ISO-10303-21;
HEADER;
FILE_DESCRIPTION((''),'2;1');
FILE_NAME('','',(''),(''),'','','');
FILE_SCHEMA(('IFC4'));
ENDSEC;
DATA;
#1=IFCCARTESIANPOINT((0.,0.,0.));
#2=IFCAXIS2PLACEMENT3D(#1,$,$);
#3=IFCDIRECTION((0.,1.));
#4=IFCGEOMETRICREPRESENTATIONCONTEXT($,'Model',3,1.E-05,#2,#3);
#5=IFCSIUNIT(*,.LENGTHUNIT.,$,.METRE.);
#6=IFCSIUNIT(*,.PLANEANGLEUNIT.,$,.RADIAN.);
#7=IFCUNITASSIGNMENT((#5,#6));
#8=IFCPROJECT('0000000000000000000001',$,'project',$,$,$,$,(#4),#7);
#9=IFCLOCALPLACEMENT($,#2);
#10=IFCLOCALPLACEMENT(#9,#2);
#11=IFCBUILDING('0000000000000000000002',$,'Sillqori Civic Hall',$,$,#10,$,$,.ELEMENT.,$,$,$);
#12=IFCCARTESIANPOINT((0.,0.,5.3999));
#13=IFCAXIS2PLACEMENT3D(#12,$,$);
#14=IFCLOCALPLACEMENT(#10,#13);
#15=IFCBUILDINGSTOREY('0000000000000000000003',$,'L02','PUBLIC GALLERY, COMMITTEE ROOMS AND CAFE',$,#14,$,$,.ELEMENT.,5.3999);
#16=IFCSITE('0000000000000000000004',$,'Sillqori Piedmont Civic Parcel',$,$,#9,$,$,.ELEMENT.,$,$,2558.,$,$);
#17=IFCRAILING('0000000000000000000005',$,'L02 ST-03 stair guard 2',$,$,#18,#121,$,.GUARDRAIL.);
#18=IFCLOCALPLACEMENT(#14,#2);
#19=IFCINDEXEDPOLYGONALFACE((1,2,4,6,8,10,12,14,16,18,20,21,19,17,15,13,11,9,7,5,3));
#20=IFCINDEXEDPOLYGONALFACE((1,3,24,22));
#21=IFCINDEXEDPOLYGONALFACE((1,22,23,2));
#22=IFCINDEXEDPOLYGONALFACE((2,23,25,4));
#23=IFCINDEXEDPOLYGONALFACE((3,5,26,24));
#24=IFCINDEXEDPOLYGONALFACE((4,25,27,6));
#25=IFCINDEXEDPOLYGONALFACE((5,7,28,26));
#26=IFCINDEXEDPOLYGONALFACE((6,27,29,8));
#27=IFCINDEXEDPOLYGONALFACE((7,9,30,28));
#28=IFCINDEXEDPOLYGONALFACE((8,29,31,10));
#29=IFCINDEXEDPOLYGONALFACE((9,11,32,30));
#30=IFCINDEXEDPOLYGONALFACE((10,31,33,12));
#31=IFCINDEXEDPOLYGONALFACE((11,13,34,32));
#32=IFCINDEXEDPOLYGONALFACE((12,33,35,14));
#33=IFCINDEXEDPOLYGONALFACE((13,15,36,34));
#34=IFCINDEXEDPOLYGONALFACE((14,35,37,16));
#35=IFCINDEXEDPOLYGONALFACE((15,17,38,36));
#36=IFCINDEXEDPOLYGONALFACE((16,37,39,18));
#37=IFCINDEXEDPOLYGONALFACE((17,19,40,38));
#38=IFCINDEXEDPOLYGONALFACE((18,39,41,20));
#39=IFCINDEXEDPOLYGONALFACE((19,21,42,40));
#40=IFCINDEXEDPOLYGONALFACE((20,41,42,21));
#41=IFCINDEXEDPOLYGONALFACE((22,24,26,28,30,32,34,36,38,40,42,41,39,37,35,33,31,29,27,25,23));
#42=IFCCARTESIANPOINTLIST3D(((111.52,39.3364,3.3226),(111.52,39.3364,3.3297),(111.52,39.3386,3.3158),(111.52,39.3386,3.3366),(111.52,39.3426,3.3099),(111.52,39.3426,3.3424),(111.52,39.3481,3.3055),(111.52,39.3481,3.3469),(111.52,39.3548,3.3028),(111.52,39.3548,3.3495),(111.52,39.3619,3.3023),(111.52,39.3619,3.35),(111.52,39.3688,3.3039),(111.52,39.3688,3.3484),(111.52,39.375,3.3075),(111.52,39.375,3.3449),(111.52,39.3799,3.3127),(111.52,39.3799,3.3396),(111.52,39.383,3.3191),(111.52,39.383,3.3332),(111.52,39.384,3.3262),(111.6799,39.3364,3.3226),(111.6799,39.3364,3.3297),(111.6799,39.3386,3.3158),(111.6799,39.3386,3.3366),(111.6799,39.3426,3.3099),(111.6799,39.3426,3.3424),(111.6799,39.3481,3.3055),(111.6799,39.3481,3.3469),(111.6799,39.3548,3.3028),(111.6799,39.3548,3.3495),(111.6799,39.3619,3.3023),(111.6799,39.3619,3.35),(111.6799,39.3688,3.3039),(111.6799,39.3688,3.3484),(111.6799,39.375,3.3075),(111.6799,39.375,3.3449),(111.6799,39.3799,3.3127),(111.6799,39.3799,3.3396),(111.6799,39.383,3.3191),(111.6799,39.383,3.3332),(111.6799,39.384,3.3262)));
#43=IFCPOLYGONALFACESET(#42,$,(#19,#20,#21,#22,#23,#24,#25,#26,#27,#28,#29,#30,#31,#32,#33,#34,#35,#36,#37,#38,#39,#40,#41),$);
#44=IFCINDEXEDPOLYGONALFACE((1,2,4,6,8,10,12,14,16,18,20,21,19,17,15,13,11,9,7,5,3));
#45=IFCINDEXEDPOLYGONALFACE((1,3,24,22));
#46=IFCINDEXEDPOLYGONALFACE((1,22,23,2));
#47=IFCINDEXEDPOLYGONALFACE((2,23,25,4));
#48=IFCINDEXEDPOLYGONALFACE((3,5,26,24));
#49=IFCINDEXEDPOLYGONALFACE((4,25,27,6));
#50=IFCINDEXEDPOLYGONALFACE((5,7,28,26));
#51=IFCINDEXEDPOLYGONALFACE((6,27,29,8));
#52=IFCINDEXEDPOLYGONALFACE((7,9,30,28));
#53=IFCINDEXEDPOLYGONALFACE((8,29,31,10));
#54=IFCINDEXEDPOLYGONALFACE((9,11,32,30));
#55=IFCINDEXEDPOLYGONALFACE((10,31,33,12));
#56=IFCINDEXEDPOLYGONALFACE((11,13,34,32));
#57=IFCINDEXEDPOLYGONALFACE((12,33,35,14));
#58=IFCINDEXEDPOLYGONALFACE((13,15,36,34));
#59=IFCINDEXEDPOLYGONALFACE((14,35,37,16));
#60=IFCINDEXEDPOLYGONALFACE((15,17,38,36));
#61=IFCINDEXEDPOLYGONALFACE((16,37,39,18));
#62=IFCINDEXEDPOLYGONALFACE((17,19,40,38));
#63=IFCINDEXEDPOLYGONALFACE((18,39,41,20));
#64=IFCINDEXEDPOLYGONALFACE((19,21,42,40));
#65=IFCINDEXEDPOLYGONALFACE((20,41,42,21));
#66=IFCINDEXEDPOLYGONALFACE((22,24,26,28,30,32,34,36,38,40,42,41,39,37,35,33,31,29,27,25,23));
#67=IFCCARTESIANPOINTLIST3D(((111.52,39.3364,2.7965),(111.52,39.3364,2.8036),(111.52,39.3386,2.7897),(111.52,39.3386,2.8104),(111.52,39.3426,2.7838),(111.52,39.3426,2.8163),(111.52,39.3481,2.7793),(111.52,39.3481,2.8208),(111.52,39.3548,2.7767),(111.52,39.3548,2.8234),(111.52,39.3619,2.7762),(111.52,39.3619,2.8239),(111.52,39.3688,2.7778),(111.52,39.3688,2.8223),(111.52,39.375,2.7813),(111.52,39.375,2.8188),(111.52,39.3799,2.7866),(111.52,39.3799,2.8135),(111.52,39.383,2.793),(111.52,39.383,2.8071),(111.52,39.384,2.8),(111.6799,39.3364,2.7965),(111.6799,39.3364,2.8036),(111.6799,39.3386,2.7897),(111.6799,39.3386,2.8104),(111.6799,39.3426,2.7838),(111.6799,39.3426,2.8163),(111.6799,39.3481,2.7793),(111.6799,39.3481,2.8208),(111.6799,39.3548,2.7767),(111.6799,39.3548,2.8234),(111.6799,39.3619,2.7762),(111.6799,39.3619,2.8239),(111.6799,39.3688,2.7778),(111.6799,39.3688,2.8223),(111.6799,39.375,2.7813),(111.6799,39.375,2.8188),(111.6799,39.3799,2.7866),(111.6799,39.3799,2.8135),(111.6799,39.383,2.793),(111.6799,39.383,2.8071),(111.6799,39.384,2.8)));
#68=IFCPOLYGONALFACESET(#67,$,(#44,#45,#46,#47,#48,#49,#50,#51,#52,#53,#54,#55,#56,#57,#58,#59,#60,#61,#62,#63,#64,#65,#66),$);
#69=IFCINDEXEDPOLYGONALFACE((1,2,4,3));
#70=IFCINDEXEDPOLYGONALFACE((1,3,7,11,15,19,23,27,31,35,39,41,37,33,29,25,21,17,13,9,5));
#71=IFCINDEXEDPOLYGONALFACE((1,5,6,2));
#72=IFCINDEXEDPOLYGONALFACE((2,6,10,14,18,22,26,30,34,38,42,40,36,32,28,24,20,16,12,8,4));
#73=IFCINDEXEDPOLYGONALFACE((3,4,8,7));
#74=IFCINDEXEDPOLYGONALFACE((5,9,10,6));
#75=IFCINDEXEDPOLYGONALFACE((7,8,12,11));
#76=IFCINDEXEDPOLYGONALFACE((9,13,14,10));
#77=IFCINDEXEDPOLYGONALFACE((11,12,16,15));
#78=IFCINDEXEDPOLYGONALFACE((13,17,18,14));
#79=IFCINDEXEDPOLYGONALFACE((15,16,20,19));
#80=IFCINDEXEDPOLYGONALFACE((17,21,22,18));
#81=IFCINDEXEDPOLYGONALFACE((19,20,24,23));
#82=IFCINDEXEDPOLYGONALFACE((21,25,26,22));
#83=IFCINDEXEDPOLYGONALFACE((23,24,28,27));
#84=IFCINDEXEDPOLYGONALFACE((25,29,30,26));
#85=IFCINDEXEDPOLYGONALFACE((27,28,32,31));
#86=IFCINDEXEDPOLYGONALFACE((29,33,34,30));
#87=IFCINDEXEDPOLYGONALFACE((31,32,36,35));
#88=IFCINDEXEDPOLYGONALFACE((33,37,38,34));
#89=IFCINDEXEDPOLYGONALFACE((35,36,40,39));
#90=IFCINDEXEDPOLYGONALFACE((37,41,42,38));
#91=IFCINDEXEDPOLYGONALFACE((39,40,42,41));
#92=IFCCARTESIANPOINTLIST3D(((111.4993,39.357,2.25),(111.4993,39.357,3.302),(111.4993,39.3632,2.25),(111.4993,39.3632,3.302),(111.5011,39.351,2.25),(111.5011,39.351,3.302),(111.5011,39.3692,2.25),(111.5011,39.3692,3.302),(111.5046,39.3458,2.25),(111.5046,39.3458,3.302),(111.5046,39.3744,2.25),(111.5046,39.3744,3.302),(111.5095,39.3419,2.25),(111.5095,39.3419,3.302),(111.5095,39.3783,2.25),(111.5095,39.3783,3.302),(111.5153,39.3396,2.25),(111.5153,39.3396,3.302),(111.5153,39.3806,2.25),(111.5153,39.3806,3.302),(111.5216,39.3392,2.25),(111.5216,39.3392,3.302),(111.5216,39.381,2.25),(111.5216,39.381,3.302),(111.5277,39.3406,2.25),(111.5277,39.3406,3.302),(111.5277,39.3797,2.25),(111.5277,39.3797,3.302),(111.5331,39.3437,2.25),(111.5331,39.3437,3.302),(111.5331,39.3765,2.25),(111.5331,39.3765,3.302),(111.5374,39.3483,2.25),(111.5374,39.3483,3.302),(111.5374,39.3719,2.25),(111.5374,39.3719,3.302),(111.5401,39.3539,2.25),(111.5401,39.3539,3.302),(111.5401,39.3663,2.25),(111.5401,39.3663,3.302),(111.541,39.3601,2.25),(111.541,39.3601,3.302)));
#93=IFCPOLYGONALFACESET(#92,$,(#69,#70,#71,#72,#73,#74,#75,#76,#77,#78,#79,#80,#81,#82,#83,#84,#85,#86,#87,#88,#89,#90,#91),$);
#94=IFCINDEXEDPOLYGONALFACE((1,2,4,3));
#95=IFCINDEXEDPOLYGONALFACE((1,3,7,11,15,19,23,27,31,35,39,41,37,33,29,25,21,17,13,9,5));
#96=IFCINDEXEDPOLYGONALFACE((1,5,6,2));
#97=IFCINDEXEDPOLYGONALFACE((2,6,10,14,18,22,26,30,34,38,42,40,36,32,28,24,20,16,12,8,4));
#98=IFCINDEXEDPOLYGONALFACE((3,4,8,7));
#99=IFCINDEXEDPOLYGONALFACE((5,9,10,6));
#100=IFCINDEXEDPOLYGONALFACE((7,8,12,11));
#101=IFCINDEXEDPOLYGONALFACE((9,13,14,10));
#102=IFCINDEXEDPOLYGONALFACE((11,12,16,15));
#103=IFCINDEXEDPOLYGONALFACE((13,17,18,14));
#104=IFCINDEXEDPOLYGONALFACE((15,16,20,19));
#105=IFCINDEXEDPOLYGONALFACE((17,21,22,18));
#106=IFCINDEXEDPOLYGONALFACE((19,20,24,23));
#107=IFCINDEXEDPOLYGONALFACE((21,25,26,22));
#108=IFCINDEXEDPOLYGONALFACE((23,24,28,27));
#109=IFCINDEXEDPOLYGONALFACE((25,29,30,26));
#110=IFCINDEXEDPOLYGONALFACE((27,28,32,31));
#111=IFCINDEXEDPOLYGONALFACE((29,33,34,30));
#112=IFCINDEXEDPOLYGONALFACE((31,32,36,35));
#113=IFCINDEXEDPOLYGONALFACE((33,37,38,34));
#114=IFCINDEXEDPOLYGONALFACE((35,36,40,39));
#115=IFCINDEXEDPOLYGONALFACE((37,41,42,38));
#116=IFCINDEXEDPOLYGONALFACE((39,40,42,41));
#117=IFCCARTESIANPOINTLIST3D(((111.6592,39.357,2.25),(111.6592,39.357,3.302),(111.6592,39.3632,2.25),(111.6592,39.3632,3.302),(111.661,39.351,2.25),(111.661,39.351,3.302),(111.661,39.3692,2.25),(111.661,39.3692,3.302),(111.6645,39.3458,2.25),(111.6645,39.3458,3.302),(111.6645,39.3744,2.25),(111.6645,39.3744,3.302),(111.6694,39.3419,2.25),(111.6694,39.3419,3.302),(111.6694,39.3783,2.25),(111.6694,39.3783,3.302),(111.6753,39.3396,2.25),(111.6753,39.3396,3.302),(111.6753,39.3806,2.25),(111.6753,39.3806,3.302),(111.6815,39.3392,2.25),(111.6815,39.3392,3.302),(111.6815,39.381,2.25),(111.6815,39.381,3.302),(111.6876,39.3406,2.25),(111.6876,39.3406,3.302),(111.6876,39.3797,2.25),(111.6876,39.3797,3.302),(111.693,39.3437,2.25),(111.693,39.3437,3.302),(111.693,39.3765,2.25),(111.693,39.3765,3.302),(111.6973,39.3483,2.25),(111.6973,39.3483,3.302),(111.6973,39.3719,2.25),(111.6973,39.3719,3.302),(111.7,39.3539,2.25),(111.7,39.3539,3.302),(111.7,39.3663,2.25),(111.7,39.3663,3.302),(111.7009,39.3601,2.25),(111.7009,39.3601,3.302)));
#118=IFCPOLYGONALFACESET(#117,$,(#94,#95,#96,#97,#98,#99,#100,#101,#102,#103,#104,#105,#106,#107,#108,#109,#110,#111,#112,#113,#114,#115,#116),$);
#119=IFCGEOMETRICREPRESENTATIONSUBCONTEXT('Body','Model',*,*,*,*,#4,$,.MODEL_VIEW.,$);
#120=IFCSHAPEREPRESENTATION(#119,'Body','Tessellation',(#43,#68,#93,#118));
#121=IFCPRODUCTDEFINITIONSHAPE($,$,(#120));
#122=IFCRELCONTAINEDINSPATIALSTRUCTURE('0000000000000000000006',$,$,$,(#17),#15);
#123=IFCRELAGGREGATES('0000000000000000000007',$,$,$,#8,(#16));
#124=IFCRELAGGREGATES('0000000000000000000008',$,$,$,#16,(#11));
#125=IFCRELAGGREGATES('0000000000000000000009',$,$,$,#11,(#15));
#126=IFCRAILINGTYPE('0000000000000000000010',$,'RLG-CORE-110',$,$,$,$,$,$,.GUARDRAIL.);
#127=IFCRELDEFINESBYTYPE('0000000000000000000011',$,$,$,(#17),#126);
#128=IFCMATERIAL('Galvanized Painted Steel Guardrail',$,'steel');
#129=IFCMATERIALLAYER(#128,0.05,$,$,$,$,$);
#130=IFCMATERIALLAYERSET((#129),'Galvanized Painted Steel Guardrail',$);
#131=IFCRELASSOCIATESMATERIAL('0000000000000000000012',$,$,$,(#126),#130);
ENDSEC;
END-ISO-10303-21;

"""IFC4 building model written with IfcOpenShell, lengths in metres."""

from ifc_helpers import new_model, si_unit, direction, frame, origin, origin_2d, place, context, subcontext, project, spatial, circle, extrude, material, layer, layer_set, type_object, element, save


model = new_model("IFC4")

# Units and contexts
model_context = context("Model", 3, precision=1e-05, world=origin(), true_north=direction((0.0, 1.0)))
body_context = subcontext(model_context, "Body", "Model", "MODEL_VIEW")
ifc_project = project(units=[si_unit("LENGTHUNIT", "METRE"), si_unit("PLANEANGLEUNIT", "RADIAN")], contexts=[model_context])

# Site, building, storey
site_placement = place(None, origin())
site = spatial("IfcSite", under=ifc_project, at=site_placement, Name="Sillqori Piedmont Civic Parcel", CompositionType="ELEMENT", RefElevation=2558.0)
building_placement = place(site_placement, origin())
building = spatial("IfcBuilding", under=site, at=building_placement, Name="Sillqori Civic Hall", CompositionType="ELEMENT")
storey_placement = place(building_placement, frame((0.0, 0.0, 5.3999)))
storey = spatial("IfcBuildingStorey", under=building, at=storey_placement, Name="L02", Description="PUBLIC GALLERY, COMMITTEE ROOMS AND CAFE", CompositionType="ELEMENT", Elevation=5.3999)

# Railing
ifc_material_1 = material(Name="Galvanized Painted Steel Guardrail", Category="steel")
ifc_layer_1 = layer(ifc_material_1, 0.05)
ifc_layer_set_1 = layer_set([ifc_layer_1], Name="Galvanized Painted Steel Guardrail")
railing_type_1 = type_object("IfcRailingType", Name="RLG-CORE-110", PredefinedType="GUARDRAIL", material=ifc_layer_set_1)
railing_1_placement = place(storey_placement, frame((111.52, 39.3601, 2.25)))
element("IfcRailing", 1, at=railing_1_placement, inside=storey, type_object=railing_type_1, Name="L02 ST-03 stair guard 2", PredefinedType="GUARDRAIL", context=body_context, shape_type="SweptSolid", body=[
    extrude(circle(Radius=0.0239, at=origin_2d()), frame((0.0, 0.0, 1.0762), z_axis=(1.0, 0.0, 0.0), x_axis=(0.0, 1.0, 0.0)), (0.0, 0.0, 1.0), 0.1599),
    extrude(circle(Radius=0.0239, at=origin_2d()), frame((0.0, 0.0, 0.55), z_axis=(1.0, 0.0, 0.0), x_axis=(0.0, 1.0, 0.0)), (0.0, 0.0, 1.0), 0.1599),
    extrude(circle(Radius=0.021, at=origin_2d()), origin(), (0.0, 0.0, 1.0), 1.052),
    extrude(circle(Radius=0.021, at=origin_2d()), frame((0.1599, 0.0, 0.0)), (0.0, 0.0, 1.0), 1.052),
])

save(model, "model.ifc")
